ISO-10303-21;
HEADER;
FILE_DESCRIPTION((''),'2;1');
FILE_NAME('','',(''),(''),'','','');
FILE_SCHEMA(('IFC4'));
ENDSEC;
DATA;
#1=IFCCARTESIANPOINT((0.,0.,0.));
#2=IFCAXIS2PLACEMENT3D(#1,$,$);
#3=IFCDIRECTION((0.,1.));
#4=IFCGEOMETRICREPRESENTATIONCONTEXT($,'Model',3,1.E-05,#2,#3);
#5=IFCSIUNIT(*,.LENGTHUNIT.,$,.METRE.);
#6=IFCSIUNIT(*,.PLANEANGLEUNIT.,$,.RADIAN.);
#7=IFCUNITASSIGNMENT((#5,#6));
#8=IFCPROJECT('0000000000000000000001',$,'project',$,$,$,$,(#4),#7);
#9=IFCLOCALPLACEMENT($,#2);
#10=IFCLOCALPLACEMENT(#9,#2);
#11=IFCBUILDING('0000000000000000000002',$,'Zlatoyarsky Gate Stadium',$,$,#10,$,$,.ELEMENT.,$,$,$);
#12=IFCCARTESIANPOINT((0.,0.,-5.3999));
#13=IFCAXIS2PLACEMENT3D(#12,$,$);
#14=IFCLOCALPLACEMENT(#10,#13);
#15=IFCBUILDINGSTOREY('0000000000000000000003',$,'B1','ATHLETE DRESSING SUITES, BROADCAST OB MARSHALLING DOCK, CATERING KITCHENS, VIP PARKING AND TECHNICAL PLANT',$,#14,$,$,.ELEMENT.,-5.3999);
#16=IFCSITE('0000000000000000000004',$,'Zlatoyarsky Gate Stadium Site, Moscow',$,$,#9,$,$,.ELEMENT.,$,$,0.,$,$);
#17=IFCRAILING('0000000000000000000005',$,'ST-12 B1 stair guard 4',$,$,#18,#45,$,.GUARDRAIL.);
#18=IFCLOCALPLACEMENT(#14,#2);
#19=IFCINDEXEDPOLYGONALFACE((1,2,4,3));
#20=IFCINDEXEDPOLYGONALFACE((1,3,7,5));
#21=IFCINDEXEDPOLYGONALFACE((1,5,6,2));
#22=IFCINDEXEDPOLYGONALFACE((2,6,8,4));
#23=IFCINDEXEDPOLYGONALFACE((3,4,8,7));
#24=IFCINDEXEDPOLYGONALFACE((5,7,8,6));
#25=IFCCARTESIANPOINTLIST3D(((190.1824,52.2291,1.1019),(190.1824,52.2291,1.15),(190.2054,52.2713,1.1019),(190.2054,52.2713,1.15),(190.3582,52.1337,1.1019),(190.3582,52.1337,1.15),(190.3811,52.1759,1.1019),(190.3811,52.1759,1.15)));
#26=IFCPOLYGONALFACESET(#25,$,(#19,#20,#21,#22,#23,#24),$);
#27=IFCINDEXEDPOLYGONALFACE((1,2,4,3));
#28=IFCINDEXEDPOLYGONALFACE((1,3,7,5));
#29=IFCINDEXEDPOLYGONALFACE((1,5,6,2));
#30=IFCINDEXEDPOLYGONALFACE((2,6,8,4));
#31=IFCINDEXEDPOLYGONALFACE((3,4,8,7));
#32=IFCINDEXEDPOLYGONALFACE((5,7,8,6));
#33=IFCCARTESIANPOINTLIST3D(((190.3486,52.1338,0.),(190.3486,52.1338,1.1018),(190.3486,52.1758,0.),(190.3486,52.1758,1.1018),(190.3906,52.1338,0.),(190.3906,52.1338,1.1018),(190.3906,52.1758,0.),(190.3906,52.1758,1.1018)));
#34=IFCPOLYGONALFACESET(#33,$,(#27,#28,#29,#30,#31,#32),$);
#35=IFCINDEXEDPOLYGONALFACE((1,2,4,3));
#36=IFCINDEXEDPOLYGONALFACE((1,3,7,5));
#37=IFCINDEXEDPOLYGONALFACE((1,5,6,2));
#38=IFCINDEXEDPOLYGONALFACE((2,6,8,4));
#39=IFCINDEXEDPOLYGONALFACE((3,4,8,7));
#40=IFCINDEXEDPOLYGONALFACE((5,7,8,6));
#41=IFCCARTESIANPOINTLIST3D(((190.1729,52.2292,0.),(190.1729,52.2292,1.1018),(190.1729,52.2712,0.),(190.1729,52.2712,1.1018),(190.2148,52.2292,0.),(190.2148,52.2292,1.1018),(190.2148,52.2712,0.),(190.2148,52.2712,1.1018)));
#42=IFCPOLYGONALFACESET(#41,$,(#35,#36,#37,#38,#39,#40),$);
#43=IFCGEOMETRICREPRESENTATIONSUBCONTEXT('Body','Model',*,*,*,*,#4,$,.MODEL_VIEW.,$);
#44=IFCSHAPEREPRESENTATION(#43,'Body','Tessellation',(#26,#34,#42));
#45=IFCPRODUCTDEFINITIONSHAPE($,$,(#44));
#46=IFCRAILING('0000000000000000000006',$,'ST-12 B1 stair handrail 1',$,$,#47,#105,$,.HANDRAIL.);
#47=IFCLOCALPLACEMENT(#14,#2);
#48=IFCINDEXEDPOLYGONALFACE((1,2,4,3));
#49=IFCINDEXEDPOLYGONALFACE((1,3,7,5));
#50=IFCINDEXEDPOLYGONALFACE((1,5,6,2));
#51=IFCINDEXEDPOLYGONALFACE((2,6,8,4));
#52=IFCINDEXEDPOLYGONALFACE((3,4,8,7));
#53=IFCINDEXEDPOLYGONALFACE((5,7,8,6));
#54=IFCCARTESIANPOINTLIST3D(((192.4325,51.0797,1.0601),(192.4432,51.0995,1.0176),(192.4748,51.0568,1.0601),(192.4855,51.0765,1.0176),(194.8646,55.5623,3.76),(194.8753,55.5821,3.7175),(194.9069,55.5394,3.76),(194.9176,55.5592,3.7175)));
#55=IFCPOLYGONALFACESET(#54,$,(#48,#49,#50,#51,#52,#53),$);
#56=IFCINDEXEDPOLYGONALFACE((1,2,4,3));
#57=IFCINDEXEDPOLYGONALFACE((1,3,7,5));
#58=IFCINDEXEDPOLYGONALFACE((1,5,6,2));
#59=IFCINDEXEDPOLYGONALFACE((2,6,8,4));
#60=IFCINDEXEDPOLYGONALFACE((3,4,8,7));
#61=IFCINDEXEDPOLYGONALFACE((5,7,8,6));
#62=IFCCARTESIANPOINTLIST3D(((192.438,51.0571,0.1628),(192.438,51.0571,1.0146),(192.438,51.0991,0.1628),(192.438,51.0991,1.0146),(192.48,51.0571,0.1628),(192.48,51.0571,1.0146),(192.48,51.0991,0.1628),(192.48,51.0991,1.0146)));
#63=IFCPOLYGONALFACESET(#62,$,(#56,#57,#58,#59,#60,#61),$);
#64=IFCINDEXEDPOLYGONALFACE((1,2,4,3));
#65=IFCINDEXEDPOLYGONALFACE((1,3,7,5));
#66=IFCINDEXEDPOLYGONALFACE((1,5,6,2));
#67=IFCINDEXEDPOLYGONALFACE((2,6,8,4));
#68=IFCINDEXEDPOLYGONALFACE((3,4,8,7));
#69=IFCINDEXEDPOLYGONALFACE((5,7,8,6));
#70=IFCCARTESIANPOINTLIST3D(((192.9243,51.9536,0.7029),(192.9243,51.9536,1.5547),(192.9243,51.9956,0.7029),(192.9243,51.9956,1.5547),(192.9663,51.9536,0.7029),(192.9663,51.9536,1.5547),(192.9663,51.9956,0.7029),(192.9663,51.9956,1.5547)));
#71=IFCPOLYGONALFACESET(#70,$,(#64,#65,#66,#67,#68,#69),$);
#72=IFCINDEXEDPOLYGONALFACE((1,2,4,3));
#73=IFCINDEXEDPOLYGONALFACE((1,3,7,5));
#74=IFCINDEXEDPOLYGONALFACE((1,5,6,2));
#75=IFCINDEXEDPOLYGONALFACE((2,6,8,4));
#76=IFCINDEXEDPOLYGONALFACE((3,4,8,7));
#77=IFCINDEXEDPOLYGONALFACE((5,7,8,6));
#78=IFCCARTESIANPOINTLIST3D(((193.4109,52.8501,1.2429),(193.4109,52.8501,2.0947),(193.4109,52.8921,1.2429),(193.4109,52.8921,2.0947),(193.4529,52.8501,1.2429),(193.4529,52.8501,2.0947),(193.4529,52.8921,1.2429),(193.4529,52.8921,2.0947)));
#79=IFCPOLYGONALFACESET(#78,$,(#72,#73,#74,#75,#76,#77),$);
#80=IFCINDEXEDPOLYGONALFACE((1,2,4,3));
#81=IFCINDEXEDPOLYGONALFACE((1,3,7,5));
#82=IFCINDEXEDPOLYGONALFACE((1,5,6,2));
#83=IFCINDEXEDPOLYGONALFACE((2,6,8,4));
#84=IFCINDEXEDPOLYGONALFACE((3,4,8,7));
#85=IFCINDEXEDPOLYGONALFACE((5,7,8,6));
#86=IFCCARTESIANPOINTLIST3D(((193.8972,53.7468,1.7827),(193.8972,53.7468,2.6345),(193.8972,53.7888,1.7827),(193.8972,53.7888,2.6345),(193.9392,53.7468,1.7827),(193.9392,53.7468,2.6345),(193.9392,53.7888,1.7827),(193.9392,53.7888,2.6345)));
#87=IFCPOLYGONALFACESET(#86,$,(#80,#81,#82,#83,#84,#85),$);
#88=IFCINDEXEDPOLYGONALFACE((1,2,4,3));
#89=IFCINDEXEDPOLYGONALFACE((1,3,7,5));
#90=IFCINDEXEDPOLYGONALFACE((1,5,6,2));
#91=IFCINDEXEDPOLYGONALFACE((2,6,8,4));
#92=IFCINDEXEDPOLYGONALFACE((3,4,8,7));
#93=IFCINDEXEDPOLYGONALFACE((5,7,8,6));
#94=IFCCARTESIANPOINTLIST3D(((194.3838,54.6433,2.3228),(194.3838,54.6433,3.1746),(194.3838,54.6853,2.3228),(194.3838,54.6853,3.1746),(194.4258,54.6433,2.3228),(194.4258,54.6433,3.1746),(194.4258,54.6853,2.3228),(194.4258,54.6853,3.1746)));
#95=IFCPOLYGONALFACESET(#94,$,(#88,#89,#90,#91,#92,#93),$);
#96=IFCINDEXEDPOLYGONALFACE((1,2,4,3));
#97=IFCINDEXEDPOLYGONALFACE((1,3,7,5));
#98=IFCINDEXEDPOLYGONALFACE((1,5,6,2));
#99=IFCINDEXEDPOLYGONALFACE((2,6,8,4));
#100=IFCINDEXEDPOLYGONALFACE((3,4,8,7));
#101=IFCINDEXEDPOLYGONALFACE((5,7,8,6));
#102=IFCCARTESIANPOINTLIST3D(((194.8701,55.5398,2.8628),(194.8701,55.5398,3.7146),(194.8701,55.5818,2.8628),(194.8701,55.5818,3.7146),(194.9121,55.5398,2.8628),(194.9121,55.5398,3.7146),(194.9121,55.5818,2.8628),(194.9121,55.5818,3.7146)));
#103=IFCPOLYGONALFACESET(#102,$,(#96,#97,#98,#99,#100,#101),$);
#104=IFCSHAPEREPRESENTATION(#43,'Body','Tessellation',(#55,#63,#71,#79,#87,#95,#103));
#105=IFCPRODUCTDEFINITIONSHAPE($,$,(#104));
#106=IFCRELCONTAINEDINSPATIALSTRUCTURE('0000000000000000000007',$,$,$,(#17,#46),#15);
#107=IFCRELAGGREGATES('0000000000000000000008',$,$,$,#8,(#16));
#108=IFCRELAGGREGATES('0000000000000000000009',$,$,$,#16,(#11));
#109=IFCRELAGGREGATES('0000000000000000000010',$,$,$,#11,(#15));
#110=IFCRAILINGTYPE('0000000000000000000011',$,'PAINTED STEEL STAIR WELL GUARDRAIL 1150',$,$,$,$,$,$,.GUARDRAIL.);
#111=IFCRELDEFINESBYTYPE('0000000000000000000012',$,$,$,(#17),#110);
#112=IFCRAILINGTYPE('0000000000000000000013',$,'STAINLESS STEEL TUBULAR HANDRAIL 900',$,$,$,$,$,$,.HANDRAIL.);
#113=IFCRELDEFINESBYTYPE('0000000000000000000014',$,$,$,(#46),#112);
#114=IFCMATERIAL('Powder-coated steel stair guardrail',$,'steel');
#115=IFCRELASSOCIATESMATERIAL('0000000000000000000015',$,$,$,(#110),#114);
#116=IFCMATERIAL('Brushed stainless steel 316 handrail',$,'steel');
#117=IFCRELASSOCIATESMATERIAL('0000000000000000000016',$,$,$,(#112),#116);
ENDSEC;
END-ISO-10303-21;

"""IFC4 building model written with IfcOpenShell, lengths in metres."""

from ifc_helpers import new_model, si_unit, direction, frame, origin, origin_2d, place, context, subcontext, project, spatial, rectangle, extrude, material, type_object, element, save


model = new_model("IFC4")

# Units and contexts
model_context = context("Model", 3, precision=1e-05, world=origin(), true_north=direction((0.0, 1.0)))
body_context = subcontext(model_context, "Body", "Model", "MODEL_VIEW")
ifc_project = project(units=[si_unit("LENGTHUNIT", "METRE"), si_unit("PLANEANGLEUNIT", "RADIAN")], contexts=[model_context])

# Site, building, storey
site_placement = place(None, origin())
site = spatial("IfcSite", under=ifc_project, at=site_placement, Name="Zlatoyarsky Gate Stadium Site, Moscow", CompositionType="ELEMENT", RefElevation=0.0)
building_placement = place(site_placement, origin())
building = spatial("IfcBuilding", under=site, at=building_placement, Name="Zlatoyarsky Gate Stadium", CompositionType="ELEMENT")
storey_placement = place(building_placement, frame((0.0, 0.0, -5.3999)))
storey = spatial("IfcBuildingStorey", under=building, at=storey_placement, Name="B1", Description="ATHLETE DRESSING SUITES, BROADCAST OB MARSHALLING DOCK, CATERING KITCHENS, VIP PARKING AND TECHNICAL PLANT", CompositionType="ELEMENT", Elevation=-5.3999)

# Railings
ifc_material_1 = material(Name="Powder-coated steel stair guardrail", Category="steel")
railing_type_1 = type_object("IfcRailingType", Name="PAINTED STEEL STAIR WELL GUARDRAIL 1150", PredefinedType="GUARDRAIL", material=ifc_material_1)
railing_1_placement = place(storey_placement, frame((190.3696, 52.1548, 0.0)))
element("IfcRailing", 1, at=railing_1_placement, inside=storey, type_object=railing_type_1, Name="ST-12 B1 stair guard 4", PredefinedType="GUARDRAIL", context=body_context, shape_type="SweptSolid", body=[
    extrude(rectangle(XDim=0.0481, YDim=0.0481, at=origin_2d()), frame((0.0, 0.0, 1.126), z_axis=(-0.87878, 0.477227, 0.0), x_axis=(-0.477227, -0.87878, 0.0)), (0.0, 0.0, 1.0), 0.2),
    extrude(rectangle(XDim=0.042, YDim=0.042, at=origin_2d()), origin(), (0.0, 0.0, 1.0), 1.1018),
    extrude(rectangle(XDim=0.042, YDim=0.042, at=origin_2d()), frame((-0.1758, 0.0955, 0.0)), (0.0, 0.0, 1.0), 1.1018),
])
ifc_material_2 = material(Name="Brushed stainless steel 316 handrail", Category="steel")
railing_type_2 = type_object("IfcRailingType", Name="STAINLESS STEEL TUBULAR HANDRAIL 900", PredefinedType="HANDRAIL", material=ifc_material_2)
railing_2_placement = place(storey_placement, frame((192.459, 51.0781, 0.1628)))
element("IfcRailing", 2, at=railing_2_placement, inside=storey, type_object=railing_type_2, Name="ST-12 B1 stair handrail 1", PredefinedType="HANDRAIL", context=body_context, shape_type="SweptSolid", body=[
    extrude(rectangle(XDim=0.0481, YDim=0.0481, at=origin_2d()), frame((0.0, 0.0, 0.876), z_axis=(0.421472, 0.776817, 0.467884), x_axis=(-0.878962, 0.476892, 0.0)), (0.0, 0.0, 1.0), 5.7705),
    extrude(rectangle(XDim=0.042, YDim=0.042, at=origin_2d()), origin(), (0.0, 0.0, 1.0), 0.8518),
    extrude(rectangle(XDim=0.042, YDim=0.042, at=origin_2d()), frame((0.4863, 0.8965, 0.54)), (0.0, 0.0, 1.0), 0.8518),
    extrude(rectangle(XDim=0.042, YDim=0.042, at=origin_2d()), frame((0.9729, 1.793, 1.0801)), (0.0, 0.0, 1.0), 0.8518),
    extrude(rectangle(XDim=0.042, YDim=0.042, at=origin_2d()), frame((1.4592, 2.6897, 1.6199)), (0.0, 0.0, 1.0), 0.8518),
    extrude(rectangle(XDim=0.042, YDim=0.042, at=origin_2d()), frame((1.9458, 3.5862, 2.1599)), (0.0, 0.0, 1.0), 0.8518),
    extrude(rectangle(XDim=0.042, YDim=0.042, at=origin_2d()), frame((2.4321, 4.4827, 2.7)), (0.0, 0.0, 1.0), 0.8518),
])

save(model, "model.ifc")
